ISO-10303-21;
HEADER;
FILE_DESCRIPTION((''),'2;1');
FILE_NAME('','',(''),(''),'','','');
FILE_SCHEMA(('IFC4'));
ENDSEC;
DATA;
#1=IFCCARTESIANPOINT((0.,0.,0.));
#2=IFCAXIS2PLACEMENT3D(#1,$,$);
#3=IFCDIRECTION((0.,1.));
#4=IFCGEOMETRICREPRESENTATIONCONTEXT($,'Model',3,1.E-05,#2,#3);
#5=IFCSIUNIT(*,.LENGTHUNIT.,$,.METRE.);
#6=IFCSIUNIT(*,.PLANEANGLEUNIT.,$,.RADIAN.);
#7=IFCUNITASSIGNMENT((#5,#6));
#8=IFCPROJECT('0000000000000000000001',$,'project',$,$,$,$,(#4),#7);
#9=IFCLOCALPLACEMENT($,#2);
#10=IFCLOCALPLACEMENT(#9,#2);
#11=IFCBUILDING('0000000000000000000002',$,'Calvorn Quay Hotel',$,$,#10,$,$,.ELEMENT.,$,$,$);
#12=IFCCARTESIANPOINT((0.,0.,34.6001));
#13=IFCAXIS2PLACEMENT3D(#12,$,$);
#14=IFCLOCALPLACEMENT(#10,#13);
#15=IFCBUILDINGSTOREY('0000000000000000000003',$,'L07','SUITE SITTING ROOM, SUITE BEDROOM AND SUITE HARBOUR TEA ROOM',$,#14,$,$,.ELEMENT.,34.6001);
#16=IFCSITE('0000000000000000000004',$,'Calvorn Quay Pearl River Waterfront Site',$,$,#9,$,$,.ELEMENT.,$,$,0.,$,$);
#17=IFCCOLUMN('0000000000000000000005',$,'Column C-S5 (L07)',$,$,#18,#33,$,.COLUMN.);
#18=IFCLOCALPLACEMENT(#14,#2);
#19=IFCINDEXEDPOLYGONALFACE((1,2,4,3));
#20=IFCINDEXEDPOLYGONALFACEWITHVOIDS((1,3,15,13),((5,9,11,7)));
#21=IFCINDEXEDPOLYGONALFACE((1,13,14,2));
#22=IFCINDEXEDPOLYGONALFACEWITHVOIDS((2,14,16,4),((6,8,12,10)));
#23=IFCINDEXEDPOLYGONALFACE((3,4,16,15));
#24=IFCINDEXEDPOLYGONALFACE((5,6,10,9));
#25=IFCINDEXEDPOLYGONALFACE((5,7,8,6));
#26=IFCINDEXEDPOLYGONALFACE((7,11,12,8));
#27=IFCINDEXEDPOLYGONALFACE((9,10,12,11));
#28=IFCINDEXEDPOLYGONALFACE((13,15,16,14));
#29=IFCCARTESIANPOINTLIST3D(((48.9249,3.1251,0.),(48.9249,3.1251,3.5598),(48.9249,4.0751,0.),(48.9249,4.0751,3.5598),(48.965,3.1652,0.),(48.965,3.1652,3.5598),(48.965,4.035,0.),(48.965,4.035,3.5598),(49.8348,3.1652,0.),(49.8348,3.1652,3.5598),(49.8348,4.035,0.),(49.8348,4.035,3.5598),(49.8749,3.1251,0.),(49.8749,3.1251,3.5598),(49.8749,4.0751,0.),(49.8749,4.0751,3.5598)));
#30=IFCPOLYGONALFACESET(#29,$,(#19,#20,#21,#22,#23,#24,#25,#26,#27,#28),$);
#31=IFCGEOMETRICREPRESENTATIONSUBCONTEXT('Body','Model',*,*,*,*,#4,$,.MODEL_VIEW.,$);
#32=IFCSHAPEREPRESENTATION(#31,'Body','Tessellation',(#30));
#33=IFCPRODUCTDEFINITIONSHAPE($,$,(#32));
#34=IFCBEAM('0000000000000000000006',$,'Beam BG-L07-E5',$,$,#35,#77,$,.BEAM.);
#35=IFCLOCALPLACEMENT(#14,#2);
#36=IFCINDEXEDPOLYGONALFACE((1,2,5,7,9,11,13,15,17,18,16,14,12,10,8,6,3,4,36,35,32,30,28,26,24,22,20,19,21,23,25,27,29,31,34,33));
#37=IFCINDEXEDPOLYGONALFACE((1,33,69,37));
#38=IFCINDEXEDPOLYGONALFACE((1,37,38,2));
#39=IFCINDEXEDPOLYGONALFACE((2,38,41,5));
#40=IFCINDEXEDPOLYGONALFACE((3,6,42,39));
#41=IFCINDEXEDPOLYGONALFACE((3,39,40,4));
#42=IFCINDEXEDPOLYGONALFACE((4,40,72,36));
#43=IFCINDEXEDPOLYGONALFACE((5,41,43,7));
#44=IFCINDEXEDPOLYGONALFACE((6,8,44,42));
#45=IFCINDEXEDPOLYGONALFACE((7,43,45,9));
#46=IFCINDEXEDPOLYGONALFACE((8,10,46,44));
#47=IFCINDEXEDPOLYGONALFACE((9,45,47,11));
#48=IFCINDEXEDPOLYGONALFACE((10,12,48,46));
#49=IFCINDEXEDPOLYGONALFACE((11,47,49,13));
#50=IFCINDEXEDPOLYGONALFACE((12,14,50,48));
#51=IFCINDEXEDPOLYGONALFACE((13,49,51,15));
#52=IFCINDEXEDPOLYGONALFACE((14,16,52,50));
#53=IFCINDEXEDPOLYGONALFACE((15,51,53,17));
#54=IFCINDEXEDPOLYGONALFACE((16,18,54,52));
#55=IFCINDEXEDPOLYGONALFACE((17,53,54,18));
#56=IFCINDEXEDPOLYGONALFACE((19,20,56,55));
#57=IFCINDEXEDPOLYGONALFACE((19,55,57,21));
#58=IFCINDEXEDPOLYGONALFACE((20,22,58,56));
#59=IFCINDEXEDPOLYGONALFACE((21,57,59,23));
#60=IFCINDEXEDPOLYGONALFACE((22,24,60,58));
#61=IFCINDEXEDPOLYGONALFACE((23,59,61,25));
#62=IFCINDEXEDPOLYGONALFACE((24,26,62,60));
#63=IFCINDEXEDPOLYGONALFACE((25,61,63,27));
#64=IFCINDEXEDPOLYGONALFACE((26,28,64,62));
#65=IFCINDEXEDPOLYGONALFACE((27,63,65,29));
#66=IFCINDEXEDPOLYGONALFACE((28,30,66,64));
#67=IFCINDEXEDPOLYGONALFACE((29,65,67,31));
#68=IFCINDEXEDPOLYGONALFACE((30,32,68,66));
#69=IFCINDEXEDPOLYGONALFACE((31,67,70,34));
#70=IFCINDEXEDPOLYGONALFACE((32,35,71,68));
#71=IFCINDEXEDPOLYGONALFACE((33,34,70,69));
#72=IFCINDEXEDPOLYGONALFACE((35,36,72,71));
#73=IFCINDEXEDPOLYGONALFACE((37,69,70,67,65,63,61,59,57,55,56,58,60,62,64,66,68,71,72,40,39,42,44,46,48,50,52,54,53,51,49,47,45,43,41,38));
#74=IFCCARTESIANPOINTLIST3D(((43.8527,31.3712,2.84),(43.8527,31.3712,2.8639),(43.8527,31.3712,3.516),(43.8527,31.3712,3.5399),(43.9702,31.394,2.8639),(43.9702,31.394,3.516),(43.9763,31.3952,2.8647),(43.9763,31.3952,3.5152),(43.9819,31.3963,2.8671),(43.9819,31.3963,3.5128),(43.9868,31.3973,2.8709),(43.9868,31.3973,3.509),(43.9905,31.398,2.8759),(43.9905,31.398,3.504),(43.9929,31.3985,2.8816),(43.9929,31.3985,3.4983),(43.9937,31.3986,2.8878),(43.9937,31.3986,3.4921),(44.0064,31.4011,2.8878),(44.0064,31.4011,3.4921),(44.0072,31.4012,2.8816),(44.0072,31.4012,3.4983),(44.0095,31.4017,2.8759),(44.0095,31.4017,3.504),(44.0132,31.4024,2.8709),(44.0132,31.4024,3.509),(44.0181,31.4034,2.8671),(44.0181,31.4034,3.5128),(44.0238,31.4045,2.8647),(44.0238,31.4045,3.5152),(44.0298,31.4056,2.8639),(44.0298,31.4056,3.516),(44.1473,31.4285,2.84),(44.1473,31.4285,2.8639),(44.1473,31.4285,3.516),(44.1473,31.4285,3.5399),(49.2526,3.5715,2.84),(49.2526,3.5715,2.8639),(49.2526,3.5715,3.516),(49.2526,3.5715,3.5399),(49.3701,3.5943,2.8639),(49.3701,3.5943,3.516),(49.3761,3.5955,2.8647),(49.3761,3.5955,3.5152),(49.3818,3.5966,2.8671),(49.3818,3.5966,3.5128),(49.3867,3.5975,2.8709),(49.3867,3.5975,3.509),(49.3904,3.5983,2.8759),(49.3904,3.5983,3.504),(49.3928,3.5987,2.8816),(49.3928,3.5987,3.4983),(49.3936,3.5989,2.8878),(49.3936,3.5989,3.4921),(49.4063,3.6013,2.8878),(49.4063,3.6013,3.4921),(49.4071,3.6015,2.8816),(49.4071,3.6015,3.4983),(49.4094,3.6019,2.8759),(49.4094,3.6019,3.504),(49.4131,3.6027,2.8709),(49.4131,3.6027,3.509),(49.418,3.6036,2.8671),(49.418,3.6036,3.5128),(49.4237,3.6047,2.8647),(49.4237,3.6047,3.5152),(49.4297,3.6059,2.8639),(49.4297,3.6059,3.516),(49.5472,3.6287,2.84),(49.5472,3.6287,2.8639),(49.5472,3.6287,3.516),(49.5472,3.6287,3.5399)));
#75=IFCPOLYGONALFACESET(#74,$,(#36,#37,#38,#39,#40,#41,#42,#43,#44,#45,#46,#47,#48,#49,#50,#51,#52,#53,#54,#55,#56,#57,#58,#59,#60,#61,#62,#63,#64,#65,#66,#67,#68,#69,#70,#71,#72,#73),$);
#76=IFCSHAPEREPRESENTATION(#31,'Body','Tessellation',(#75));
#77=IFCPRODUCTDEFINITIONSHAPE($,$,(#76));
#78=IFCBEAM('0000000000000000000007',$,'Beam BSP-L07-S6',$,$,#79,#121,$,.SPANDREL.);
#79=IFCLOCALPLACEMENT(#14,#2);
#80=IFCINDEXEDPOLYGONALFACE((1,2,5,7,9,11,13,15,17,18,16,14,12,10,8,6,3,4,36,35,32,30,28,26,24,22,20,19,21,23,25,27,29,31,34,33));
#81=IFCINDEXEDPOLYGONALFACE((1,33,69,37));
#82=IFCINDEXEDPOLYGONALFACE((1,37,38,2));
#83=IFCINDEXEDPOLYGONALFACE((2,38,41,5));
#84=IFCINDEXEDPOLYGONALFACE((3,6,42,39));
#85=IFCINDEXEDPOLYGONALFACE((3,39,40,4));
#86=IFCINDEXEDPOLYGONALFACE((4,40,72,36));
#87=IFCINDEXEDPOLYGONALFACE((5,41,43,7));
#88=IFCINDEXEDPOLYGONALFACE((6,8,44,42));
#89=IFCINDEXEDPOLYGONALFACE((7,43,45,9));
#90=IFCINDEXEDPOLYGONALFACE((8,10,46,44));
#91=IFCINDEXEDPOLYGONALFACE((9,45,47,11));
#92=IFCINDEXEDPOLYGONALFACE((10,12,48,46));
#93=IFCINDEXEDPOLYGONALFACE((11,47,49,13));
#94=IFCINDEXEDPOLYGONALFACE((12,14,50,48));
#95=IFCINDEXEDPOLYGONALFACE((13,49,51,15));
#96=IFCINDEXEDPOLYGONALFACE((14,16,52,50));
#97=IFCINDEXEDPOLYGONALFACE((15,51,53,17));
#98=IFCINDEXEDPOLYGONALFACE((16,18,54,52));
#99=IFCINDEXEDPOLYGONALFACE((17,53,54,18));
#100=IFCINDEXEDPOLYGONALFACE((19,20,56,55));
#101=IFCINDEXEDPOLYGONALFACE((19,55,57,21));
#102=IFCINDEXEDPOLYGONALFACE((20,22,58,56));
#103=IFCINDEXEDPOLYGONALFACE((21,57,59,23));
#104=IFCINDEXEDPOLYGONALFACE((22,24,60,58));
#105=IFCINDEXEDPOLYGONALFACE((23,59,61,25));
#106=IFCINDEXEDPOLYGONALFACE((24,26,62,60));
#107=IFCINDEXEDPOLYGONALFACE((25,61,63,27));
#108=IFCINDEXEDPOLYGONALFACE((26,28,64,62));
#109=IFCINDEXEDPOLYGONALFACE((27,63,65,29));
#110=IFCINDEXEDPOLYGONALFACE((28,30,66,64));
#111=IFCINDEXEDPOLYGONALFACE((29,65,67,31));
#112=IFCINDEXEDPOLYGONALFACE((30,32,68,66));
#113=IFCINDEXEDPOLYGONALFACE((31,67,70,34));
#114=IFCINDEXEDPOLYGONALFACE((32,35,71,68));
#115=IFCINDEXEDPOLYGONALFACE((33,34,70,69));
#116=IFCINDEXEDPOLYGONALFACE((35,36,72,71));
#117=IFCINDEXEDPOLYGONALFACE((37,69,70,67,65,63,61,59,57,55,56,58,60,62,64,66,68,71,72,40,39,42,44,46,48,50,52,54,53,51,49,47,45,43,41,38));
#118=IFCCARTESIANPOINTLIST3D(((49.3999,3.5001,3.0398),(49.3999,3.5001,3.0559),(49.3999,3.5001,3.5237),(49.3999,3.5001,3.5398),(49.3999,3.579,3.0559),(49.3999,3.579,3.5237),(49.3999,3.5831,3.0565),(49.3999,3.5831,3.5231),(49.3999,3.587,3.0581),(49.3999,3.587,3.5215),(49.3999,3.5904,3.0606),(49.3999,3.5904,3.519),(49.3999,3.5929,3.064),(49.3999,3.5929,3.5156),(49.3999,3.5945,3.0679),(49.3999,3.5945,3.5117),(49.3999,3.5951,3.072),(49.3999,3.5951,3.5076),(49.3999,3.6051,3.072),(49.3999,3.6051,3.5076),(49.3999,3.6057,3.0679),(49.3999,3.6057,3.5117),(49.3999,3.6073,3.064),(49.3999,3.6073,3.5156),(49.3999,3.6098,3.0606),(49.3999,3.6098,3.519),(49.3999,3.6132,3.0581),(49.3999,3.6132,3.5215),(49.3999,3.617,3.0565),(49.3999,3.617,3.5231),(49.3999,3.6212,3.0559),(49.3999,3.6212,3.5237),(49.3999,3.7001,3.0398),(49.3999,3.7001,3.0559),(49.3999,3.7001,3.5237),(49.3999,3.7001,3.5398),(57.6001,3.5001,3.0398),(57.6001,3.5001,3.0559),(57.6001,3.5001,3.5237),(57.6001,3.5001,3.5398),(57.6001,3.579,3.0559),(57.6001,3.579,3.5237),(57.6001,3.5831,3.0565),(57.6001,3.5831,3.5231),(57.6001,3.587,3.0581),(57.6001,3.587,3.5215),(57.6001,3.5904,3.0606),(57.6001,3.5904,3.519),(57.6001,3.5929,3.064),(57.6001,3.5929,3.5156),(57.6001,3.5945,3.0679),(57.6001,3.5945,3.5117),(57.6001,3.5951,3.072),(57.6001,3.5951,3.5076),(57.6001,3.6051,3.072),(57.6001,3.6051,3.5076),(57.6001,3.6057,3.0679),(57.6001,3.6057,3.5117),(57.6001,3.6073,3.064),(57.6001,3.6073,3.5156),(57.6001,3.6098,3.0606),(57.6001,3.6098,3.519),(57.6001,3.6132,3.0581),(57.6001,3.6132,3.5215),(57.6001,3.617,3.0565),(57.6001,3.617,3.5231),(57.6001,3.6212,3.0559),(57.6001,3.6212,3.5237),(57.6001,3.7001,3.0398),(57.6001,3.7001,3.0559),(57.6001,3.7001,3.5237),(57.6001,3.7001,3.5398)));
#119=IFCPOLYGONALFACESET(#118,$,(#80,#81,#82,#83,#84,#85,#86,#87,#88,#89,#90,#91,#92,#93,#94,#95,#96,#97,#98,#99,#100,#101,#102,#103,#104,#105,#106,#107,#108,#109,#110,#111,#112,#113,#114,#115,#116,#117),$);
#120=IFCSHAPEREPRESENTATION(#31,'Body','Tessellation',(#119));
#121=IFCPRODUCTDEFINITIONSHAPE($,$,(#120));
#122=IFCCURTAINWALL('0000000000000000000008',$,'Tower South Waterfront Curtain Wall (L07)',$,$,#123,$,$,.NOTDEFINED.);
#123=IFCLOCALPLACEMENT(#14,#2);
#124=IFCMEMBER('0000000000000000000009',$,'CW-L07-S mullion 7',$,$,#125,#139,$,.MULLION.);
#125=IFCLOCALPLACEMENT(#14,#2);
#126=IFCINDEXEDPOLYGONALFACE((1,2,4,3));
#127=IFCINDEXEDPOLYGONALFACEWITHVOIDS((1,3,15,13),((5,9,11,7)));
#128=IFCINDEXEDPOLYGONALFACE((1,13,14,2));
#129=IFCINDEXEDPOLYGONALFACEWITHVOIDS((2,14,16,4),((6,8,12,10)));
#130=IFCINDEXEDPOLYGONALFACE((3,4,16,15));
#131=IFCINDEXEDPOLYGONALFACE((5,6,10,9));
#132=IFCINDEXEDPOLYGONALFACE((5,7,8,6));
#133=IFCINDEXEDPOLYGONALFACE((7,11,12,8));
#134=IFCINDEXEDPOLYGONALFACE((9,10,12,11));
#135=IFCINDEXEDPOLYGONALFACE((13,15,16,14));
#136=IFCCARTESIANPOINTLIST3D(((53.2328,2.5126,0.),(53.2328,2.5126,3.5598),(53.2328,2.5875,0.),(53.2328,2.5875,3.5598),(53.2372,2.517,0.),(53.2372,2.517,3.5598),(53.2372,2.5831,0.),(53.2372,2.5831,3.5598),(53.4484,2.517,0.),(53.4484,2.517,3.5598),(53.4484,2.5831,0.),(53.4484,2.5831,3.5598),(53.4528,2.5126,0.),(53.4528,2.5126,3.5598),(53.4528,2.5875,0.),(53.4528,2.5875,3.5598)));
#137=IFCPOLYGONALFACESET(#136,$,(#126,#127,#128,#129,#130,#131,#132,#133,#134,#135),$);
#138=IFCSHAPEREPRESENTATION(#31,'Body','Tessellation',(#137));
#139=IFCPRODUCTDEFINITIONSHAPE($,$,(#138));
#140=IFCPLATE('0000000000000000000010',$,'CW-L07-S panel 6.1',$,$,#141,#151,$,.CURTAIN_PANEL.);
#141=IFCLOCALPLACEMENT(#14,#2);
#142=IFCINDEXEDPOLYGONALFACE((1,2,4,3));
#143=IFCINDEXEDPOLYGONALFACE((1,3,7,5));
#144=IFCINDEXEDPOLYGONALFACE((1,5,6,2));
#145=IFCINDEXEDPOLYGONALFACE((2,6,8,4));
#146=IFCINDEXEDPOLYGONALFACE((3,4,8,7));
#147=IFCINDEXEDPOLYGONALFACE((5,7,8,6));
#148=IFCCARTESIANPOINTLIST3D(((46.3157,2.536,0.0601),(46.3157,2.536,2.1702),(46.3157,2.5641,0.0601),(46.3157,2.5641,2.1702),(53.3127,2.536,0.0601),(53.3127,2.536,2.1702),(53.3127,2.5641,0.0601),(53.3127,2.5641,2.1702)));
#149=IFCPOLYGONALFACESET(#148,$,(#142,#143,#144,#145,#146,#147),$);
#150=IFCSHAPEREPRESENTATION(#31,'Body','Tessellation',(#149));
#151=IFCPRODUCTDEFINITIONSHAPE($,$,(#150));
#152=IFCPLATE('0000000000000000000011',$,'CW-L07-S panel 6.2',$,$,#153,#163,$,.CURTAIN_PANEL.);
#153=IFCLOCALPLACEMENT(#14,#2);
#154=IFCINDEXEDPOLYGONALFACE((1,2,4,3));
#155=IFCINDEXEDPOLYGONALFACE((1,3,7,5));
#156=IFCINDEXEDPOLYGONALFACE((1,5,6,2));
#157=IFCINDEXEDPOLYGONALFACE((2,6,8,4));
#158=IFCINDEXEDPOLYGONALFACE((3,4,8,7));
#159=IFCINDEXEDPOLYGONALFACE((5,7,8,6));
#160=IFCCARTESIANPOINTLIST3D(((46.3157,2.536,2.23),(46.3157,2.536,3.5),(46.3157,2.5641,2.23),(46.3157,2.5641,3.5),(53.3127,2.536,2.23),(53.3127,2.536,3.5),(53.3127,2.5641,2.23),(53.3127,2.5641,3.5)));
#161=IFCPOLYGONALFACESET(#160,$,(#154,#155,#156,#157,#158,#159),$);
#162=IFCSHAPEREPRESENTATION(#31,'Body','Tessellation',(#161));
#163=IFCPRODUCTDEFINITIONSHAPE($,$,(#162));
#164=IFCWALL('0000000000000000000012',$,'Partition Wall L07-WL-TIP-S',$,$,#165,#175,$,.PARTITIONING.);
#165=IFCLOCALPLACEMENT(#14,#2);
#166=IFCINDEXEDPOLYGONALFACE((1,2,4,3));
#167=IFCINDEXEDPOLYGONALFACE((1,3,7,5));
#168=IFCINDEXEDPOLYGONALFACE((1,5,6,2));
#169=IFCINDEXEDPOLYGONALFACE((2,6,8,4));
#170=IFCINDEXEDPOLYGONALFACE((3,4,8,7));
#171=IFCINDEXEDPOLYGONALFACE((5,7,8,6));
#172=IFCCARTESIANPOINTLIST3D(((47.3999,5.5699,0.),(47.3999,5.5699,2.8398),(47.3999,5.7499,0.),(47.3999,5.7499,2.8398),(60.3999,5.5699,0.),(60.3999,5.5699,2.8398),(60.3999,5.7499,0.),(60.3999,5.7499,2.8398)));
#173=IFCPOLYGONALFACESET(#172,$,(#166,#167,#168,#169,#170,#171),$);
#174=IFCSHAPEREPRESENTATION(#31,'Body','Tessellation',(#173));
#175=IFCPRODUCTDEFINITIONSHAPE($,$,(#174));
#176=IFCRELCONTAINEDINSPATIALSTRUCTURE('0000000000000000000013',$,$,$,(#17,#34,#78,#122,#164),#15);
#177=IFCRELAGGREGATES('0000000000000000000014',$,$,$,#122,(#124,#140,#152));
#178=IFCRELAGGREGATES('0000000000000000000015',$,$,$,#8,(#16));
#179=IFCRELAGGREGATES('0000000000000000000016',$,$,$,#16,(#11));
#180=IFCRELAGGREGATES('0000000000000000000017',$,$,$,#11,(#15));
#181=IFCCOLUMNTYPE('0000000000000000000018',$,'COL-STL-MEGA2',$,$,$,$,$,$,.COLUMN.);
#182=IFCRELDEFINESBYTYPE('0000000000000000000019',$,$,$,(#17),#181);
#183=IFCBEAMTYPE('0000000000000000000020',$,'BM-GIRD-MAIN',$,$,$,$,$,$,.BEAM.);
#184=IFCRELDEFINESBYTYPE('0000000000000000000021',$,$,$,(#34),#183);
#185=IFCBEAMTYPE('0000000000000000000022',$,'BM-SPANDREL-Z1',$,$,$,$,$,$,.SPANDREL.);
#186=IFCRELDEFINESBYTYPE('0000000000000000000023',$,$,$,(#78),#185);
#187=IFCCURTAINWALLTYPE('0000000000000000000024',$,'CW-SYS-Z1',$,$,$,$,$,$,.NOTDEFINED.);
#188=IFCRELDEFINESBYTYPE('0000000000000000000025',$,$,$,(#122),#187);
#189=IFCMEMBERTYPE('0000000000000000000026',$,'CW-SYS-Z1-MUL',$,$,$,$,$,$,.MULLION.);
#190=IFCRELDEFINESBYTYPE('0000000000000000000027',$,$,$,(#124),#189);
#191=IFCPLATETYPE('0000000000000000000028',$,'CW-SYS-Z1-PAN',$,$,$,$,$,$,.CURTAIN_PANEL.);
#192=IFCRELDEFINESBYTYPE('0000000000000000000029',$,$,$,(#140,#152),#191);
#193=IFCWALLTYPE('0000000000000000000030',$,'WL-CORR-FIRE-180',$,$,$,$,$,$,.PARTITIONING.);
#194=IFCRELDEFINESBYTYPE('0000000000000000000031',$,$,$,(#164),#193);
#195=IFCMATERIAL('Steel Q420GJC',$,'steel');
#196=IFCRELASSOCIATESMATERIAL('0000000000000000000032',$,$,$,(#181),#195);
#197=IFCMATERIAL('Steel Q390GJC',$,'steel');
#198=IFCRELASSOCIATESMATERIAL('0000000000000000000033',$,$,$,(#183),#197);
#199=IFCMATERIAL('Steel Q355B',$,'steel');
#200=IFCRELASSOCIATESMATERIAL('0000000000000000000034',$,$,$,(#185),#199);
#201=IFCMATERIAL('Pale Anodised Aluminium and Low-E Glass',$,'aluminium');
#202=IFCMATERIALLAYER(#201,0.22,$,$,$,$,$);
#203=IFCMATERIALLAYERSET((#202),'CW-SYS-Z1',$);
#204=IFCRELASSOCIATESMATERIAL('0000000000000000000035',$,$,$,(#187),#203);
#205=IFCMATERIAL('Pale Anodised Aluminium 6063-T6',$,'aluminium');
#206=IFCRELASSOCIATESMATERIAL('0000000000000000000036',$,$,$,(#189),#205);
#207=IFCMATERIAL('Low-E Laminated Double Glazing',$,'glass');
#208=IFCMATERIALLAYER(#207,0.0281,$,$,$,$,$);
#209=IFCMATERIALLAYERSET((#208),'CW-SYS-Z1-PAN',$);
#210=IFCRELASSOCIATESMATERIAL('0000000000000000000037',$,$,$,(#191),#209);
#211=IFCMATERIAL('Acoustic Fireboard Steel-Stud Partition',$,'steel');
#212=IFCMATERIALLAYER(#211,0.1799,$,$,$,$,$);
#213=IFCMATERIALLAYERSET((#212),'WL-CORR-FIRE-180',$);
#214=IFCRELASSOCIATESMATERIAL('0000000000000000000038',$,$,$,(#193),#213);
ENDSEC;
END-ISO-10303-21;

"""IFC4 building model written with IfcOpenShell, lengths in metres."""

from ifc_helpers import new_model, si_unit, direction, frame, frame_2d, origin, origin_2d, place, context, subcontext, project, spatial, rectangle, hollow_rectangle, i_section, extrude, material, layer, layer_set, material_profile, profile_set, type_object, element, aggregate, save


model = new_model("IFC4")

# Units and contexts
model_context = context("Model", 3, precision=1e-05, world=origin(), true_north=direction((0.0, 1.0)))
body_context = subcontext(model_context, "Body", "Model", "MODEL_VIEW")
ifc_project = project(units=[si_unit("LENGTHUNIT", "METRE"), si_unit("PLANEANGLEUNIT", "RADIAN")], contexts=[model_context])

# Site, building, storey
site_placement = place(None, origin())
site = spatial("IfcSite", under=ifc_project, at=site_placement, Name="Calvorn Quay Pearl River Waterfront Site", CompositionType="ELEMENT", RefElevation=0.0)
building_placement = place(site_placement, origin())
building = spatial("IfcBuilding", under=site, at=building_placement, Name="Calvorn Quay Hotel", CompositionType="ELEMENT")
storey_placement = place(building_placement, frame((0.0, 0.0, 34.6001)))
storey = spatial("IfcBuildingStorey", under=building, at=storey_placement, Name="L07", Description="SUITE SITTING ROOM, SUITE BEDROOM AND SUITE HARBOUR TEA ROOM", CompositionType="ELEMENT", Elevation=34.6001)

# Column
ifc_material_1 = material(Name="Steel Q420GJC", Category="steel")
ifc_material_profile_1 = material_profile(ifc_material_1, hollow_rectangle(XDim=0.95, YDim=0.95, WallThickness=0.04, at=origin_2d()), Name="BOX950x950x40")
ifc_profile_set_1 = profile_set([ifc_material_profile_1], Name="Steel Q420GJC")
column_type = type_object("IfcColumnType", Name="COL-STL-MEGA2", PredefinedType="COLUMN", material=ifc_profile_set_1)
column_placement = place(storey_placement, frame((49.3999, 3.6001, 0.0), z_axis=(0.0, 0.0, 1.0), x_axis=(1.0, 0.0, 0.0)))
element("IfcColumn", 1, at=column_placement, inside=storey, type_object=column_type, Name="Column C-S5 (L07)", PredefinedType="COLUMN", context=body_context, shape_type="SweptSolid", body=[
    extrude(hollow_rectangle(XDim=0.95, YDim=0.95, WallThickness=0.04, at=origin_2d()), origin(), (0.0, 0.0, 1.0), 3.5598),
])

# Beams
ifc_material_2 = material(Name="Steel Q390GJC", Category="steel")
ifc_material_profile_2 = material_profile(ifc_material_2, i_section(OverallWidth=0.3, OverallDepth=0.7, WebThickness=0.0129, FlangeThickness=0.0239, FilletRadius=0.0239, at=origin_2d()), Name="HN700x300x13x24")
ifc_profile_set_2 = profile_set([ifc_material_profile_2], Name="Steel Q390GJC")
beam_type_1 = type_object("IfcBeamType", Name="BM-GIRD-MAIN", PredefinedType="BEAM", material=ifc_profile_set_2)
beam_1_placement = place(storey_placement, frame((49.3999, 3.6001, 3.1899), z_axis=(-0.190679, 0.981653, 0.0), x_axis=(-0.981653, -0.190679, 0.0)))
element("IfcBeam", 2, at=beam_1_placement, inside=storey, type_object=beam_type_1, Name="Beam BG-L07-E5", PredefinedType="BEAM", context=body_context, shape_type="SweptSolid", body=[
    extrude(i_section(OverallWidth=0.3, OverallDepth=0.7, WebThickness=0.0129, FlangeThickness=0.0239, FilletRadius=0.0239, at=origin_2d()), origin(), (0.0, 0.0, 1.0), 28.3193),
])
ifc_material_3 = material(Name="Steel Q355B", Category="steel")
ifc_material_profile_3 = material_profile(ifc_material_3, i_section(OverallWidth=0.2, OverallDepth=0.5, WebThickness=0.01, FlangeThickness=0.0161, FilletRadius=0.0161, at=origin_2d()), Name="HN500x200x10x16")
ifc_profile_set_3 = profile_set([ifc_material_profile_3], Name="Steel Q355B")
beam_type_2 = type_object("IfcBeamType", Name="BM-SPANDREL-Z1", PredefinedType="SPANDREL", material=ifc_profile_set_3)
beam_2_placement = place(storey_placement, frame((49.3999, 3.6001, 3.2898), z_axis=(1.0, 0.0, 0.0), x_axis=(0.0, 1.0, 0.0)))
element("IfcBeam", 3, at=beam_2_placement, inside=storey, type_object=beam_type_2, Name="Beam BSP-L07-S6", PredefinedType="SPANDREL", context=body_context, shape_type="SweptSolid", body=[
    extrude(i_section(OverallWidth=0.2, OverallDepth=0.5, WebThickness=0.01, FlangeThickness=0.0161, FilletRadius=0.0161, at=origin_2d()), origin(), (0.0, 0.0, 1.0), 8.2002),
])

# Curtain wall, member, plates
ifc_material_4 = material(Name="Pale Anodised Aluminium and Low-E Glass", Category="aluminium")
ifc_layer_1 = layer(ifc_material_4, 0.22)
ifc_layer_set_1 = layer_set([ifc_layer_1], Name="CW-SYS-Z1")
curtain_wall_type = type_object("IfcCurtainWallType", Name="CW-SYS-Z1", PredefinedType="NOTDEFINED", material=ifc_layer_set_1)
curtain_wall_placement = place(storey_placement, origin())
curtain_wall = element("IfcCurtainWall", 4, at=curtain_wall_placement, inside=storey, type_object=curtain_wall_type, Name="Tower South Waterfront Curtain Wall (L07)", PredefinedType="NOTDEFINED")
ifc_material_5 = material(Name="Pale Anodised Aluminium 6063-T6", Category="aluminium")
ifc_material_profile_4 = material_profile(ifc_material_5, hollow_rectangle(XDim=0.075, YDim=0.22, WallThickness=0.0044, at=origin_2d()), Name="ALU-M220x75x4.5")
ifc_profile_set_4 = profile_set([ifc_material_profile_4], Name="Pale Anodised Aluminium 6063-T6")
member_type = type_object("IfcMemberType", Name="CW-SYS-Z1-MUL", PredefinedType="MULLION", material=ifc_profile_set_4)
member_placement = place(storey_placement, frame((53.3428, 2.55, 0.0), z_axis=(0.0, 0.0, 1.0), x_axis=(0.0, 1.0, 0.0)))
member = element("IfcMember", 5, at=member_placement, type_object=member_type, Name="CW-L07-S mullion 7", PredefinedType="MULLION", context=body_context, shape_type="SweptSolid", body=[
    extrude(hollow_rectangle(XDim=0.075, YDim=0.22, WallThickness=0.0044, at=origin_2d()), origin(), (0.0, 0.0, 1.0), 3.5598),
])
ifc_material_6 = material(Name="Low-E Laminated Double Glazing", Category="glass")
ifc_layer_2 = layer(ifc_material_6, 0.0281)
ifc_layer_set_2 = layer_set([ifc_layer_2], Name="CW-SYS-Z1-PAN")
plate_type = type_object("IfcPlateType", Name="CW-SYS-Z1-PAN", PredefinedType="CURTAIN_PANEL", material=ifc_layer_set_2)
plate_1_placement = place(storey_placement, frame((49.8142, 2.55, 0.0601), z_axis=(0.0, 0.0, 1.0), x_axis=(1.0, 0.0, 0.0)))
plate_1 = element("IfcPlate", 6, at=plate_1_placement, type_object=plate_type, Name="CW-L07-S panel 6.1", PredefinedType="CURTAIN_PANEL", context=body_context, shape_type="SweptSolid", body=[
    extrude(rectangle(XDim=6.9971, YDim=0.0281, at=origin_2d()), origin(), (0.0, 0.0, 1.0), 2.1101),
])
plate_2_placement = place(storey_placement, frame((49.8142, 2.55, 2.23), z_axis=(0.0, 0.0, 1.0), x_axis=(1.0, 0.0, 0.0)))
plate_2 = element("IfcPlate", 7, at=plate_2_placement, type_object=plate_type, Name="CW-L07-S panel 6.2", PredefinedType="CURTAIN_PANEL", context=body_context, shape_type="SweptSolid", body=[
    extrude(rectangle(XDim=6.9971, YDim=0.0281, at=origin_2d()), origin(), (0.0, 0.0, 1.0), 1.27),
])
aggregate(curtain_wall, [member, plate_1, plate_2])

# Wall
ifc_material_7 = material(Name="Acoustic Fireboard Steel-Stud Partition", Category="steel")
ifc_layer_3 = layer(ifc_material_7, 0.1799)
ifc_layer_set_3 = layer_set([ifc_layer_3], Name="WL-CORR-FIRE-180")
wall_type_1 = type_object("IfcWallType", Name="WL-CORR-FIRE-180", PredefinedType="PARTITIONING", material=ifc_layer_set_3)
wall_1_placement = place(storey_placement, frame((47.3999, 5.6599, 0.0), z_axis=(0.0, 0.0, 1.0), x_axis=(1.0, 0.0, 0.0)))
element("IfcWall", 8, at=wall_1_placement, inside=storey, type_object=wall_type_1, Name="Partition Wall L07-WL-TIP-S", PredefinedType="PARTITIONING", context=body_context, shape_type="SweptSolid", body=[
    extrude(rectangle(XDim=13.0, YDim=0.1799, at=frame_2d((6.5, 0.0))), origin(), (0.0, 0.0, 1.0), 2.8398),
])

save(model, "model.ifc")
